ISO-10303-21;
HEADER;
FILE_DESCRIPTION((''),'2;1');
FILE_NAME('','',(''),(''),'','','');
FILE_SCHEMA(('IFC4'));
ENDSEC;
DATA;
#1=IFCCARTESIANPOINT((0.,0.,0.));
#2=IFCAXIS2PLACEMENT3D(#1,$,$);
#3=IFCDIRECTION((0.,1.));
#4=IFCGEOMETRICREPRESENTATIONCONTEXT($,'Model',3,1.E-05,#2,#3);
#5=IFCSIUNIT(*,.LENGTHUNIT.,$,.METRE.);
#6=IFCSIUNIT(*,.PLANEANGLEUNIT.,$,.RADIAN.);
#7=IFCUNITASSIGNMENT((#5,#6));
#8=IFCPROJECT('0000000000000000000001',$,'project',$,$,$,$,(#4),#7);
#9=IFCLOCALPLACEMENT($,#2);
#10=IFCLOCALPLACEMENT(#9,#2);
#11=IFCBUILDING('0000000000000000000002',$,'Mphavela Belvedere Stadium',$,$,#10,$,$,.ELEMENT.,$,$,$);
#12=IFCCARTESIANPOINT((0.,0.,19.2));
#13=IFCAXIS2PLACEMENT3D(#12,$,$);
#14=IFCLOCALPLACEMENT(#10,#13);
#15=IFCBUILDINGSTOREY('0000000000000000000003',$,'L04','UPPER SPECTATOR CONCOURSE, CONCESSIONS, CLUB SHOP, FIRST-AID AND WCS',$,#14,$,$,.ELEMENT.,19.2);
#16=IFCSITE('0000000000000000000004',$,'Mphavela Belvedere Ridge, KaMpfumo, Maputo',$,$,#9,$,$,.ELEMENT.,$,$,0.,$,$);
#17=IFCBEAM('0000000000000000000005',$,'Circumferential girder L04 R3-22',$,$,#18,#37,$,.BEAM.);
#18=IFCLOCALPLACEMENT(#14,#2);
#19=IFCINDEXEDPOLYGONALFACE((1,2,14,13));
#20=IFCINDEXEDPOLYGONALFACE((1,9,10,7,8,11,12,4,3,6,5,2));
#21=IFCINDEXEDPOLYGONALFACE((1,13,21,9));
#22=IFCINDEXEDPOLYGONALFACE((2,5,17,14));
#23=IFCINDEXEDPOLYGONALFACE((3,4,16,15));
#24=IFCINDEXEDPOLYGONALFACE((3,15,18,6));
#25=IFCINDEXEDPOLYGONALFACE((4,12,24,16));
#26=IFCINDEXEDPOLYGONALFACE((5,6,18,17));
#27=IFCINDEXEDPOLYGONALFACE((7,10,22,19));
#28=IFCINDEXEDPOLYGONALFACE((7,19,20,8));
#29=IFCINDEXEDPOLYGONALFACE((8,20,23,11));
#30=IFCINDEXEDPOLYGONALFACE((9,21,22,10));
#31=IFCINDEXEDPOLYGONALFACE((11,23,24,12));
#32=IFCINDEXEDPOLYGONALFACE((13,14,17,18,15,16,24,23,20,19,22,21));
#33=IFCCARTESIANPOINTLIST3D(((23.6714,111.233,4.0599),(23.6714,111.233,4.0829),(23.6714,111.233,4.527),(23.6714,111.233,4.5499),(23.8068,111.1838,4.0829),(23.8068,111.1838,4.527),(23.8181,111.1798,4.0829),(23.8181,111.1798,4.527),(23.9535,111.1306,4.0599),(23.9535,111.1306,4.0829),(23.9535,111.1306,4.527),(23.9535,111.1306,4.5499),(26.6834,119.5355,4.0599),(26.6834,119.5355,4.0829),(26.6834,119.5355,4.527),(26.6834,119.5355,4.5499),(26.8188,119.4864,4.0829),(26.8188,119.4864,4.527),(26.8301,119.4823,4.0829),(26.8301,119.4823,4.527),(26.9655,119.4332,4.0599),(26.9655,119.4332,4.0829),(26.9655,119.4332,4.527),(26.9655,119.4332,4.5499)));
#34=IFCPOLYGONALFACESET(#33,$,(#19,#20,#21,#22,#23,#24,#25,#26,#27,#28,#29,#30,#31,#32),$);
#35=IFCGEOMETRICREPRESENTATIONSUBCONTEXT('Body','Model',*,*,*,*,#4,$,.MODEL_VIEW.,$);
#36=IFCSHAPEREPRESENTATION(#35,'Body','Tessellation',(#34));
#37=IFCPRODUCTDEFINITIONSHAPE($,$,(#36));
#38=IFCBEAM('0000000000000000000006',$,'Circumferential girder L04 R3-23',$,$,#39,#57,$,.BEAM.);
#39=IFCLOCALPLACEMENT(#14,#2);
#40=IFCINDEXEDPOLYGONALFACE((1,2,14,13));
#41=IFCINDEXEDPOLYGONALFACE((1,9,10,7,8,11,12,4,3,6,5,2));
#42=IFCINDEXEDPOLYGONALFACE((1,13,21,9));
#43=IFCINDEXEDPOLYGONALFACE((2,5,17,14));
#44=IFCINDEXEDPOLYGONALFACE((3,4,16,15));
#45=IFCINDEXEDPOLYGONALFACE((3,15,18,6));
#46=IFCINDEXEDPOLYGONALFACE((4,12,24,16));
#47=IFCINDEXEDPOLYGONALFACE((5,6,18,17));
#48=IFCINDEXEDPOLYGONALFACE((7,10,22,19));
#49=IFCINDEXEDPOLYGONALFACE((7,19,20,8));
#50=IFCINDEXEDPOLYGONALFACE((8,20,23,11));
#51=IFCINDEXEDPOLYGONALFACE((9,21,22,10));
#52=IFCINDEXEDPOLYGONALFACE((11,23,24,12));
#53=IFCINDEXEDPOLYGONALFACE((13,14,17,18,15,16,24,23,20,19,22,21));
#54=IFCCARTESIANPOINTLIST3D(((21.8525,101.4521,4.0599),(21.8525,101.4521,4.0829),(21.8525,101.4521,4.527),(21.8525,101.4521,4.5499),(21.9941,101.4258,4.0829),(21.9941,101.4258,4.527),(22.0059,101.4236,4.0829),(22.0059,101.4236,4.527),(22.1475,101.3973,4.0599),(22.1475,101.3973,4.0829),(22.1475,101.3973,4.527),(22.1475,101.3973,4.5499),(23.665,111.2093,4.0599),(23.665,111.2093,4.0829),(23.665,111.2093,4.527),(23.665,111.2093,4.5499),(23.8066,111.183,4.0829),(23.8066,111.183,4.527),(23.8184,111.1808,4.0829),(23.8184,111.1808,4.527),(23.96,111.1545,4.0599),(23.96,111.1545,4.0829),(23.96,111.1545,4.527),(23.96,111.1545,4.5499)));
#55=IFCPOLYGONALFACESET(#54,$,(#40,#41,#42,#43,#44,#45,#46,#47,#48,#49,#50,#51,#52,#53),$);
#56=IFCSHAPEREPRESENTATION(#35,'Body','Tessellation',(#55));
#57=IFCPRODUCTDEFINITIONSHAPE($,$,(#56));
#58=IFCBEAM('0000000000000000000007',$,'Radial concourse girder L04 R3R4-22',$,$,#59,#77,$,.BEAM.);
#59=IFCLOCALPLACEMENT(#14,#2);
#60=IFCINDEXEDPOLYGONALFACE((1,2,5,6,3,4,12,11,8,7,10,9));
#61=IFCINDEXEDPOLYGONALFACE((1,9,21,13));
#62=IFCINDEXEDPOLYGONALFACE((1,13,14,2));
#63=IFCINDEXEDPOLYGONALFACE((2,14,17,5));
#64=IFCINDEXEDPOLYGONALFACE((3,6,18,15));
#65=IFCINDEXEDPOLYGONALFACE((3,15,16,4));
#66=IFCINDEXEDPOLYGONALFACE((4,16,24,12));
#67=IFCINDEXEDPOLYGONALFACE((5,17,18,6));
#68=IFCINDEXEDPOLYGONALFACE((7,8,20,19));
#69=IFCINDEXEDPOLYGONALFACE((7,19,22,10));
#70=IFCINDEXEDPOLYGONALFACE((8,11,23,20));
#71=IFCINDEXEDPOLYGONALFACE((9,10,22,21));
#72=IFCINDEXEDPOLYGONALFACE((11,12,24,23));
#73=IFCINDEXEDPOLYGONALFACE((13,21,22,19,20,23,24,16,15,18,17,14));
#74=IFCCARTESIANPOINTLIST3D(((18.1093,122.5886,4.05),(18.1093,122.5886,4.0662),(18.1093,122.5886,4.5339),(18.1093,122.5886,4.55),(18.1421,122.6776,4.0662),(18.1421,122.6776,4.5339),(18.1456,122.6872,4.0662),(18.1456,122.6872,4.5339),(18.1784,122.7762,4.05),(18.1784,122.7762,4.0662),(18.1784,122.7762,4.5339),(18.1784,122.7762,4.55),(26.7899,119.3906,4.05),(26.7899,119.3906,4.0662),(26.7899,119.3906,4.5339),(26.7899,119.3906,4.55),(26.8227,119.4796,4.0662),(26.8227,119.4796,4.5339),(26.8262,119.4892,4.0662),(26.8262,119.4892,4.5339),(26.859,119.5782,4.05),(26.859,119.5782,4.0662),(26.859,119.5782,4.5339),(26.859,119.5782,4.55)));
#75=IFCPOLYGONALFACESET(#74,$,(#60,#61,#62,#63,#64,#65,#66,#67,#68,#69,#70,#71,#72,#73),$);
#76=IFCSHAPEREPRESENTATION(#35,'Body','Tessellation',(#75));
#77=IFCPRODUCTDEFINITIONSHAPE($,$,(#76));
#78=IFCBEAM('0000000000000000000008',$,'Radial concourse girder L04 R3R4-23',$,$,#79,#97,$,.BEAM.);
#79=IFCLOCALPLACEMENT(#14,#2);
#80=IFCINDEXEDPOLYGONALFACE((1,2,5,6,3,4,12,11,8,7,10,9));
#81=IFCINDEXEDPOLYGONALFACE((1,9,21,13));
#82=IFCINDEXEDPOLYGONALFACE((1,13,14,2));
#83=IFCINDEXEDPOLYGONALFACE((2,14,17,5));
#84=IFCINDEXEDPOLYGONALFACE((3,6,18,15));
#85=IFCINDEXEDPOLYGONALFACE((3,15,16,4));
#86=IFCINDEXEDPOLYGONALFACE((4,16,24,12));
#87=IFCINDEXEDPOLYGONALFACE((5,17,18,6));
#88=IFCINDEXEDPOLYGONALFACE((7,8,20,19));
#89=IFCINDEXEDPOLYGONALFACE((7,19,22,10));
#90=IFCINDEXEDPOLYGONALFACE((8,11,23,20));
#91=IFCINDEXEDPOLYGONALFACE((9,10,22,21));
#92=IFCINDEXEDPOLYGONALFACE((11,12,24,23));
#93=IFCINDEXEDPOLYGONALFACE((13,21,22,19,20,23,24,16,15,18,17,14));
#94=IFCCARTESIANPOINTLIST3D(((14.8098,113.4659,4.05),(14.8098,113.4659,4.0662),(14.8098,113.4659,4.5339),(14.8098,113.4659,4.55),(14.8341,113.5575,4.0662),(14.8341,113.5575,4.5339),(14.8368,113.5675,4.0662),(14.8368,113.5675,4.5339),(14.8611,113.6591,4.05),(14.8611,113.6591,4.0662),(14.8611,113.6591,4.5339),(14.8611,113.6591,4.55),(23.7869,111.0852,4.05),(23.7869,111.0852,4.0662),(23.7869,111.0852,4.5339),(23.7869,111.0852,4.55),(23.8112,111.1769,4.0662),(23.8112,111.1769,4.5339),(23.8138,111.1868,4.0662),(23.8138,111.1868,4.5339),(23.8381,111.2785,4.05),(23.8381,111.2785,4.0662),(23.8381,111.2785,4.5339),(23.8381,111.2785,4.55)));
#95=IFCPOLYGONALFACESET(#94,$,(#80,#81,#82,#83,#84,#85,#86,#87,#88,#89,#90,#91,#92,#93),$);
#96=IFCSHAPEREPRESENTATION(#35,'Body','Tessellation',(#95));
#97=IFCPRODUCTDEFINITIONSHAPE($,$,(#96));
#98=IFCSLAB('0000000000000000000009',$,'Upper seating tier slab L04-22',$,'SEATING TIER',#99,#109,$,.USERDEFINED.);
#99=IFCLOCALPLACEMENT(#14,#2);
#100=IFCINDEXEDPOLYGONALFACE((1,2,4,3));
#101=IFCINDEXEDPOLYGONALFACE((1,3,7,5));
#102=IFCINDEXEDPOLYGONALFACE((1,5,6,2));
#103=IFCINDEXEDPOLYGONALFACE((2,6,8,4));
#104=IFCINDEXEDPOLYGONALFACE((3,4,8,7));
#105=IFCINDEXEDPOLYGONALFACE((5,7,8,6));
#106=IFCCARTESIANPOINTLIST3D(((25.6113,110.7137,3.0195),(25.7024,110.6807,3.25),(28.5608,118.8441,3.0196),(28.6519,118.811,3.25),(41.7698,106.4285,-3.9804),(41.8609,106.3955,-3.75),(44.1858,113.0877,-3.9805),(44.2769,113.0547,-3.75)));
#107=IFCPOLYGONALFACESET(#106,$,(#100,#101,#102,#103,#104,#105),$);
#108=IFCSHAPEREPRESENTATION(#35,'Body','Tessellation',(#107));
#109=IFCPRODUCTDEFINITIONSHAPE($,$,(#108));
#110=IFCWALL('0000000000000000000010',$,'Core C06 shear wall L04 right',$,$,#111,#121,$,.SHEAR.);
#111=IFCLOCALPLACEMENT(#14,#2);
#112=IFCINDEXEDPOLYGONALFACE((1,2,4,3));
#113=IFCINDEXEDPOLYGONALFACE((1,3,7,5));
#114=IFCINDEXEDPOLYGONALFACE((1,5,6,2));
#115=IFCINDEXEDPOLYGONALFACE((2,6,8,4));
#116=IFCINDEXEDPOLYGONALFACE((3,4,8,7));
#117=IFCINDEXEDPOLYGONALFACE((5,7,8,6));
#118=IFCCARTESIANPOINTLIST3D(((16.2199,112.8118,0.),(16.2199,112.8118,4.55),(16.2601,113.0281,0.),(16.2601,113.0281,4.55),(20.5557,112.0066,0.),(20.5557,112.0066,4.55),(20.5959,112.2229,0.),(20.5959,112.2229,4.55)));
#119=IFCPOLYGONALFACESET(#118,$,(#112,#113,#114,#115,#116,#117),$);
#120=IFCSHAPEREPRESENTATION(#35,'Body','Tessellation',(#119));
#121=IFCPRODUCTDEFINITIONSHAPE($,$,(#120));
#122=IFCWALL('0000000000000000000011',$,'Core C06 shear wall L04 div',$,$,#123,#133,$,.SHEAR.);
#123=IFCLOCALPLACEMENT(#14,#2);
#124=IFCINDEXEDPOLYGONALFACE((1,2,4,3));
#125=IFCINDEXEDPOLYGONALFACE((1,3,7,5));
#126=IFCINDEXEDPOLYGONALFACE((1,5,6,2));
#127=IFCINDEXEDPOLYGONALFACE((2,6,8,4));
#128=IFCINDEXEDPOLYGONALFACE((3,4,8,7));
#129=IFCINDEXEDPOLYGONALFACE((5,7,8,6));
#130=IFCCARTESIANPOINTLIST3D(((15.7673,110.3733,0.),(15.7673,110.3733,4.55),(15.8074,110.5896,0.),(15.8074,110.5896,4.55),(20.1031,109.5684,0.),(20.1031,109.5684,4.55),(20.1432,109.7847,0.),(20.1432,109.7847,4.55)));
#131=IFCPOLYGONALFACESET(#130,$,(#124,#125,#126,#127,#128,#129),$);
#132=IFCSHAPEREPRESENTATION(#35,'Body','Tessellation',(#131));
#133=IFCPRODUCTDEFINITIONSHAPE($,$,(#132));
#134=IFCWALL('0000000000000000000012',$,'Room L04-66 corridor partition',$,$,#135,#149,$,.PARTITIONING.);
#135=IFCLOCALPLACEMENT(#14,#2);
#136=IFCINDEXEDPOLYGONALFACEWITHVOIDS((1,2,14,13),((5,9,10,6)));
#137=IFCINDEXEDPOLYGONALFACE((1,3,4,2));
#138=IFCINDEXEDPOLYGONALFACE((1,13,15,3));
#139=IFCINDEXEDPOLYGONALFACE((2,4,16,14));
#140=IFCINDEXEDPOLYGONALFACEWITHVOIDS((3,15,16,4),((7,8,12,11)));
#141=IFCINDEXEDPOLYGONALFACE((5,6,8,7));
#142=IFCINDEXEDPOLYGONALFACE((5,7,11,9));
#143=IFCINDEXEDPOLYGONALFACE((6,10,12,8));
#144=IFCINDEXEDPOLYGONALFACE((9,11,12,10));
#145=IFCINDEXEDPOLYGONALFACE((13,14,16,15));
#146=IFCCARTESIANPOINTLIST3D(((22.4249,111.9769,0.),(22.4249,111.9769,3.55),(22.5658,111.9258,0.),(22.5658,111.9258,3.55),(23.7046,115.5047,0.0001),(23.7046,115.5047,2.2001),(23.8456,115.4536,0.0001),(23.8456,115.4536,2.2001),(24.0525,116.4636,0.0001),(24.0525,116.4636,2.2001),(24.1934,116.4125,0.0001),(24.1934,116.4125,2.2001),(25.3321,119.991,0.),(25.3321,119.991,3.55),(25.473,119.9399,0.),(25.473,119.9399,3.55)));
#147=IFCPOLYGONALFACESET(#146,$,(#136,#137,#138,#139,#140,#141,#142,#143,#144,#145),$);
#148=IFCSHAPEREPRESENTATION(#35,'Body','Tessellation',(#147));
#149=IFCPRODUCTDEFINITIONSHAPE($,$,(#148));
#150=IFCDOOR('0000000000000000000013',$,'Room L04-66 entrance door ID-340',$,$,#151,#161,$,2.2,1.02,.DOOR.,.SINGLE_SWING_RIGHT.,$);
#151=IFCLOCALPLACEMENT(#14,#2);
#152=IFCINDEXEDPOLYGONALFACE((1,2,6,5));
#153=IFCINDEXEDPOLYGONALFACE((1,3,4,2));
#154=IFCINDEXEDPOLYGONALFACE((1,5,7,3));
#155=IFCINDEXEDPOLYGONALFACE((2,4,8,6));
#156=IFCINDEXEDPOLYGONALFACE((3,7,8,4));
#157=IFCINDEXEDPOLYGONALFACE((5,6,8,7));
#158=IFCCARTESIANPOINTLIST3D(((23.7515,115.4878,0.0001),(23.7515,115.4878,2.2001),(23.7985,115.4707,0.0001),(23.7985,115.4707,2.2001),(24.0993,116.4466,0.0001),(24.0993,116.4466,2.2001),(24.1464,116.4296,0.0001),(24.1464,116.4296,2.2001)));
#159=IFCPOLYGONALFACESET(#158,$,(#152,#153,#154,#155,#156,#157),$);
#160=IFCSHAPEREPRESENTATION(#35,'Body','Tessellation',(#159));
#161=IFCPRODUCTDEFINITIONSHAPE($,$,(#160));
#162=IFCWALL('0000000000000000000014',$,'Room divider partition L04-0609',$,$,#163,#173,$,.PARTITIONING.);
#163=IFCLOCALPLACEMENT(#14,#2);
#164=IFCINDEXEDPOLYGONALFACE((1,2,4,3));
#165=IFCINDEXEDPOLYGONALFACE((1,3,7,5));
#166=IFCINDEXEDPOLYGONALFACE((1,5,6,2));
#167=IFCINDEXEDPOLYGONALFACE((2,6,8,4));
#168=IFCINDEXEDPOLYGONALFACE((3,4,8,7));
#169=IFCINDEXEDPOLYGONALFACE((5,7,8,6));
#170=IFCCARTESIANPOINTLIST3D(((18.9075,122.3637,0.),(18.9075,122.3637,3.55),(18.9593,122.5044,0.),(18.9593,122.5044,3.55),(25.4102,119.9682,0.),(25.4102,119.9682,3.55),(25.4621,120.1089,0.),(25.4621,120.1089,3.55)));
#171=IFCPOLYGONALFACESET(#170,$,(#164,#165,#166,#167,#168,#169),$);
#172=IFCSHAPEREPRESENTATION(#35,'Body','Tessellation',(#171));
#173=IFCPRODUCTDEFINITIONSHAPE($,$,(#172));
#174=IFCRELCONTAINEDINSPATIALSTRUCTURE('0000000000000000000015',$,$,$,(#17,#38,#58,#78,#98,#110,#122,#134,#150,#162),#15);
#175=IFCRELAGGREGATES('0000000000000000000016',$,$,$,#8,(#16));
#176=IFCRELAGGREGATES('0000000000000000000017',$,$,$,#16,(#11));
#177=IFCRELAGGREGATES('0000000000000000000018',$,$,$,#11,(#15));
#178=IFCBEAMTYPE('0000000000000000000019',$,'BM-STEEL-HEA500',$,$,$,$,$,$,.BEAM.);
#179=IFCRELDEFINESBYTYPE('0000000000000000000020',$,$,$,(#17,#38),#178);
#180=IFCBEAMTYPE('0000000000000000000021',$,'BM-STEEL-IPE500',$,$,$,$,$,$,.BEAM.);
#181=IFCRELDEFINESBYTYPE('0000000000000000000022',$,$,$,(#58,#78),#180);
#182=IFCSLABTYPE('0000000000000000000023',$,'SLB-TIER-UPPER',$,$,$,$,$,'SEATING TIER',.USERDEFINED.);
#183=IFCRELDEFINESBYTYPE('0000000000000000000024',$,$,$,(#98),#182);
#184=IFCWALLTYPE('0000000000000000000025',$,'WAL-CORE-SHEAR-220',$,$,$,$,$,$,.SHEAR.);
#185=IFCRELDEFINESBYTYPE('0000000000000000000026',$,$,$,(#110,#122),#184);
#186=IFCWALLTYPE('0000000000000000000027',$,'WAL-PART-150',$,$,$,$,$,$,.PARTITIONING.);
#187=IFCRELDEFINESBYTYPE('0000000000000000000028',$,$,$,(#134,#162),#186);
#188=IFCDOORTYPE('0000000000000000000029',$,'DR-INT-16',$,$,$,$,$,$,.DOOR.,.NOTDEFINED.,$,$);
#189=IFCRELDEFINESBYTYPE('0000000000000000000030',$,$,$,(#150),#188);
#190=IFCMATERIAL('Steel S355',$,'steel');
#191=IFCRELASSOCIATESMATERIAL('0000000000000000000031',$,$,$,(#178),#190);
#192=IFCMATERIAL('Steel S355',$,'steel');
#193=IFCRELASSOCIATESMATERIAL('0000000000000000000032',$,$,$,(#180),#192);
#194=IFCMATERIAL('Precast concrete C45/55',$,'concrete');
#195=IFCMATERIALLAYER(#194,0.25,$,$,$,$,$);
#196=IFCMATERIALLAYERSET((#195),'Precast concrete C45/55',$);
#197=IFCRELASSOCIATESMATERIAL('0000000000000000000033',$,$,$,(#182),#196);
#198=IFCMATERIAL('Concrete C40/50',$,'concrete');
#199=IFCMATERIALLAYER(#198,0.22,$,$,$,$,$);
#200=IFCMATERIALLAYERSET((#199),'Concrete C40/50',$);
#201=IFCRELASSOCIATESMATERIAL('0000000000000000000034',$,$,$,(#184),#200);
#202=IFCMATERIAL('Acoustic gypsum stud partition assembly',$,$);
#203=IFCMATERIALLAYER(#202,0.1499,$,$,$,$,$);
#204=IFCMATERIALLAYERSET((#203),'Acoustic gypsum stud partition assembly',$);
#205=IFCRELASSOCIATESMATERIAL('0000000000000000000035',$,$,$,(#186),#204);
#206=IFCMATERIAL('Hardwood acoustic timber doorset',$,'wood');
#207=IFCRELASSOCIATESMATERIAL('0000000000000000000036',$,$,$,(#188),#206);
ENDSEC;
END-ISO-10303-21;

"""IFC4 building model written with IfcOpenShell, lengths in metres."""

from ifc_helpers import new_model, si_unit, direction, frame, frame_2d, origin, origin_2d, place, context, subcontext, project, spatial, polyline, rectangle, i_section, outline, extrude, material, layer, layer_set, material_profile, profile_set, type_object, element, fill, save


model = new_model("IFC4")

# Units and contexts
model_context = context("Model", 3, precision=1e-05, world=origin(), true_north=direction((0.0, 1.0)))
body_context = subcontext(model_context, "Body", "Model", "MODEL_VIEW")
ifc_project = project(units=[si_unit("LENGTHUNIT", "METRE"), si_unit("PLANEANGLEUNIT", "RADIAN")], contexts=[model_context])

# Site, building, storey
site_placement = place(None, origin())
site = spatial("IfcSite", under=ifc_project, at=site_placement, Name="Mphavela Belvedere Ridge, KaMpfumo, Maputo", CompositionType="ELEMENT", RefElevation=0.0)
building_placement = place(site_placement, origin())
building = spatial("IfcBuilding", under=site, at=building_placement, Name="Mphavela Belvedere Stadium", CompositionType="ELEMENT")
storey_placement = place(building_placement, frame((0.0, 0.0, 19.2)))
storey = spatial("IfcBuildingStorey", under=building, at=storey_placement, Name="L04", Description="UPPER SPECTATOR CONCOURSE, CONCESSIONS, CLUB SHOP, FIRST-AID AND WCS", CompositionType="ELEMENT", Elevation=19.2)

# Beams
ifc_material_1 = material(Name="Steel S355", Category="steel")
ifc_material_profile_1 = material_profile(ifc_material_1, i_section(OverallWidth=0.3, OverallDepth=0.49, WebThickness=0.012, FlangeThickness=0.0229, at=origin_2d()), Name="HEA 500")
ifc_profile_set_1 = profile_set([ifc_material_profile_1], Name="Steel S355")
beam_type_1 = type_object("IfcBeamType", Name="BM-STEEL-HEA500", PredefinedType="BEAM", material=ifc_profile_set_1)
beam_1_placement = place(storey_placement, frame((26.8245, 119.4844, 4.3049), z_axis=(-0.341031, -0.940052, 0.0), x_axis=(0.940052, -0.341031, 0.0)))
element("IfcBeam", 1, at=beam_1_placement, inside=storey, type_object=beam_type_1, Name="Circumferential girder L04 R3-22", PredefinedType="BEAM", context=body_context, shape_type="SweptSolid", body=[
    extrude(i_section(OverallWidth=0.3, OverallDepth=0.49, WebThickness=0.012, FlangeThickness=0.0229, at=origin_2d()), origin(), (0.0, 0.0, 1.0), 8.832),
])
beam_2_placement = place(storey_placement, frame((23.8125, 111.1819, 4.3049), z_axis=(-0.182638, -0.98318, 0.0), x_axis=(0.98318, -0.182638, 0.0)))
element("IfcBeam", 2, at=beam_2_placement, inside=storey, type_object=beam_type_1, Name="Circumferential girder L04 R3-23", PredefinedType="BEAM", context=body_context, shape_type="SweptSolid", body=[
    extrude(i_section(OverallWidth=0.3, OverallDepth=0.49, WebThickness=0.012, FlangeThickness=0.0229, at=origin_2d()), origin(), (0.0, 0.0, 1.0), 9.9241),
])
ifc_material_2 = material(Name="Steel S355", Category="steel")
ifc_material_profile_2 = material_profile(ifc_material_2, i_section(OverallWidth=0.2, OverallDepth=0.5, WebThickness=0.0103, FlangeThickness=0.0161, at=origin_2d()), Name="IPE 500")
ifc_profile_set_2 = profile_set([ifc_material_profile_2], Name="Steel S355")
beam_type_2 = type_object("IfcBeamType", Name="BM-STEEL-IPE500", PredefinedType="BEAM", material=ifc_profile_set_2)
beam_3_placement = place(storey_placement, frame((26.8245, 119.4844, 4.3), z_axis=(-0.938348, 0.345692, 0.0), x_axis=(-0.345692, -0.938348, 0.0)))
element("IfcBeam", 3, at=beam_3_placement, inside=storey, type_object=beam_type_2, Name="Radial concourse girder L04 R3R4-22", PredefinedType="BEAM", context=body_context, shape_type="SweptSolid", body=[
    extrude(i_section(OverallWidth=0.2, OverallDepth=0.5, WebThickness=0.0103, FlangeThickness=0.0161, at=origin_2d()), origin(), (0.0, 0.0, 1.0), 9.251),
])
beam_4_placement = place(storey_placement, frame((23.8125, 111.1819, 4.3), z_axis=(-0.96659, 0.256329, 0.0), x_axis=(-0.256329, -0.96659, 0.0)))
element("IfcBeam", 4, at=beam_4_placement, inside=storey, type_object=beam_type_2, Name="Radial concourse girder L04 R3R4-23", PredefinedType="BEAM", context=body_context, shape_type="SweptSolid", body=[
    extrude(i_section(OverallWidth=0.2, OverallDepth=0.5, WebThickness=0.0103, FlangeThickness=0.0161, at=origin_2d()), origin(), (0.0, 0.0, 1.0), 9.2874),
])

# Slab
ifc_material_3 = material(Name="Precast concrete C45/55", Category="concrete")
ifc_layer_1 = layer(ifc_material_3, 0.25)
ifc_layer_set_1 = layer_set([ifc_layer_1], Name="Precast concrete C45/55")
slab_type = type_object("IfcSlabType", Name="SLB-TIER-UPPER", ElementType="SEATING TIER", PredefinedType="USERDEFINED", material=ifc_layer_set_1)
slab_1_placement = place(storey_placement, frame((44.2769, 113.0547, -3.75), z_axis=(0.364304, -0.132165, 0.921854), x_axis=(-0.341054, -0.940044, 0.000007)))
element("IfcSlab", 5, at=slab_1_placement, inside=storey, type_object=slab_type, Name="Upper seating tier slab L04-22", ObjectType="SEATING TIER", PredefinedType="USERDEFINED", context=body_context, shape_type="SweptSolid", body=[
    extrude(outline(polyline([(0.0, 0.0), (7.0839, 0.0), (8.5666, -18.0627), (-0.0822, -18.0629), (0.0, 0.0)])), origin(), (0.0, 0.0, -1.0), 0.25),
])

# Walls
ifc_material_4 = material(Name="Concrete C40/50", Category="concrete")
ifc_layer_2 = layer(ifc_material_4, 0.22)
ifc_layer_set_2 = layer_set([ifc_layer_2], Name="Concrete C40/50")
wall_type_1 = type_object("IfcWallType", Name="WAL-CORE-SHEAR-220", PredefinedType="SHEAR", material=ifc_layer_set_2)
for number, where, z_axis, x_axis, name in (
    (6, (20.5759, 112.1147, 0.0), (0.0, 0.0, 1.0), (-0.98319, 0.182587, 0.0), "Core C06 shear wall L04 right"),
    (7, (20.1233, 109.6765, 0.0), (0.0, 0.0, 1.0), (-0.983202, 0.182523, 0.0), "Core C06 shear wall L04 div"),
):
    element("IfcWall", number, at=place(storey_placement, frame(where, z_axis=z_axis, x_axis=x_axis)), inside=storey, type_object=wall_type_1, Name=name, PredefinedType="SHEAR", context=body_context, shape_type="SweptSolid", body=[
        extrude(rectangle(XDim=4.4099, YDim=0.22, at=frame_2d((2.2051, 0.0))), origin(), (0.0, 0.0, 1.0), 4.55),
    ])

# Wall, opening, door
ifc_material_5 = material(Name="Acoustic gypsum stud partition assembly")
ifc_layer_3 = layer(ifc_material_5, 0.1499)
ifc_layer_set_3 = layer_set([ifc_layer_3], Name="Acoustic gypsum stud partition assembly")
wall_type_2 = type_object("IfcWallType", Name="WAL-PART-150", PredefinedType="PARTITIONING", material=ifc_layer_set_3)
wall_1_placement = place(storey_placement, frame((25.4026, 119.9656, 0.0), z_axis=(0.0, 0.0, 1.0), x_axis=(-0.341016, -0.940057, 0.0)))
wall_1 = element("IfcWall", 8, at=wall_1_placement, inside=storey, type_object=wall_type_2, Name="Room L04-66 corridor partition", PredefinedType="PARTITIONING", context=body_context, shape_type="SweptSolid", body=[
    extrude(rectangle(XDim=8.5251, YDim=0.1499, at=frame_2d((4.2627, 0.0))), origin(), (0.0, 0.0, 1.0), 3.55),
])
opening_placement = place(wall_1_placement, frame((3.7524, 0.0, 0.0)))
opening = element("IfcOpeningElement", 9, at=opening_placement, cuts=wall_1, PredefinedType="OPENING", context=body_context, shape_type="SweptSolid", body=[
    extrude(rectangle(XDim=1.02, YDim=2.2, at=frame_2d((0.51, 1.1001))), frame((0.0, 0.085, 0.0), z_axis=(0.0, -1.0, 0.0), x_axis=(1.0, 0.0, 0.0)), (0.0, 0.0, 1.0), 0.1699),
])
ifc_material_6 = material(Name="Hardwood acoustic timber doorset", Category="wood")
door_type = type_object("IfcDoorType", Name="DR-INT-16", OperationType="NOTDEFINED", PredefinedType="DOOR", material=ifc_material_6)
door_placement = place(opening_placement, origin())
door = element("IfcDoor", 10, at=door_placement, inside=storey, type_object=door_type, Name="Room L04-66 entrance door ID-340", OperationType="SINGLE_SWING_RIGHT", OverallHeight=2.2, OverallWidth=1.02, PredefinedType="DOOR", context=body_context, shape_type="SweptSolid", body=[
    extrude(rectangle(XDim=1.02, YDim=2.2, at=frame_2d((0.51, 1.1001))), frame((0.0, 0.0249, 0.0), z_axis=(0.0, -1.0, 0.0), x_axis=(1.0, 0.0, 0.0)), (0.0, 0.0, 1.0), 0.05),
])
fill(opening, door)

# Wall
wall_2_placement = place(storey_placement, frame((25.436, 120.0386, 0.0), z_axis=(0.0, 0.0, 1.0), x_axis=(-0.938353, 0.345678, 0.0)))
element("IfcWall", 11, at=wall_2_placement, inside=storey, type_object=wall_type_2, Name="Room divider partition L04-0609", PredefinedType="PARTITIONING", context=body_context, shape_type="SweptSolid", body=[
    extrude(rectangle(XDim=6.9299, YDim=0.1499, at=frame_2d((3.4648, 0.0))), origin(), (0.0, 0.0, 1.0), 3.55),
])

save(model, "model.ifc")
